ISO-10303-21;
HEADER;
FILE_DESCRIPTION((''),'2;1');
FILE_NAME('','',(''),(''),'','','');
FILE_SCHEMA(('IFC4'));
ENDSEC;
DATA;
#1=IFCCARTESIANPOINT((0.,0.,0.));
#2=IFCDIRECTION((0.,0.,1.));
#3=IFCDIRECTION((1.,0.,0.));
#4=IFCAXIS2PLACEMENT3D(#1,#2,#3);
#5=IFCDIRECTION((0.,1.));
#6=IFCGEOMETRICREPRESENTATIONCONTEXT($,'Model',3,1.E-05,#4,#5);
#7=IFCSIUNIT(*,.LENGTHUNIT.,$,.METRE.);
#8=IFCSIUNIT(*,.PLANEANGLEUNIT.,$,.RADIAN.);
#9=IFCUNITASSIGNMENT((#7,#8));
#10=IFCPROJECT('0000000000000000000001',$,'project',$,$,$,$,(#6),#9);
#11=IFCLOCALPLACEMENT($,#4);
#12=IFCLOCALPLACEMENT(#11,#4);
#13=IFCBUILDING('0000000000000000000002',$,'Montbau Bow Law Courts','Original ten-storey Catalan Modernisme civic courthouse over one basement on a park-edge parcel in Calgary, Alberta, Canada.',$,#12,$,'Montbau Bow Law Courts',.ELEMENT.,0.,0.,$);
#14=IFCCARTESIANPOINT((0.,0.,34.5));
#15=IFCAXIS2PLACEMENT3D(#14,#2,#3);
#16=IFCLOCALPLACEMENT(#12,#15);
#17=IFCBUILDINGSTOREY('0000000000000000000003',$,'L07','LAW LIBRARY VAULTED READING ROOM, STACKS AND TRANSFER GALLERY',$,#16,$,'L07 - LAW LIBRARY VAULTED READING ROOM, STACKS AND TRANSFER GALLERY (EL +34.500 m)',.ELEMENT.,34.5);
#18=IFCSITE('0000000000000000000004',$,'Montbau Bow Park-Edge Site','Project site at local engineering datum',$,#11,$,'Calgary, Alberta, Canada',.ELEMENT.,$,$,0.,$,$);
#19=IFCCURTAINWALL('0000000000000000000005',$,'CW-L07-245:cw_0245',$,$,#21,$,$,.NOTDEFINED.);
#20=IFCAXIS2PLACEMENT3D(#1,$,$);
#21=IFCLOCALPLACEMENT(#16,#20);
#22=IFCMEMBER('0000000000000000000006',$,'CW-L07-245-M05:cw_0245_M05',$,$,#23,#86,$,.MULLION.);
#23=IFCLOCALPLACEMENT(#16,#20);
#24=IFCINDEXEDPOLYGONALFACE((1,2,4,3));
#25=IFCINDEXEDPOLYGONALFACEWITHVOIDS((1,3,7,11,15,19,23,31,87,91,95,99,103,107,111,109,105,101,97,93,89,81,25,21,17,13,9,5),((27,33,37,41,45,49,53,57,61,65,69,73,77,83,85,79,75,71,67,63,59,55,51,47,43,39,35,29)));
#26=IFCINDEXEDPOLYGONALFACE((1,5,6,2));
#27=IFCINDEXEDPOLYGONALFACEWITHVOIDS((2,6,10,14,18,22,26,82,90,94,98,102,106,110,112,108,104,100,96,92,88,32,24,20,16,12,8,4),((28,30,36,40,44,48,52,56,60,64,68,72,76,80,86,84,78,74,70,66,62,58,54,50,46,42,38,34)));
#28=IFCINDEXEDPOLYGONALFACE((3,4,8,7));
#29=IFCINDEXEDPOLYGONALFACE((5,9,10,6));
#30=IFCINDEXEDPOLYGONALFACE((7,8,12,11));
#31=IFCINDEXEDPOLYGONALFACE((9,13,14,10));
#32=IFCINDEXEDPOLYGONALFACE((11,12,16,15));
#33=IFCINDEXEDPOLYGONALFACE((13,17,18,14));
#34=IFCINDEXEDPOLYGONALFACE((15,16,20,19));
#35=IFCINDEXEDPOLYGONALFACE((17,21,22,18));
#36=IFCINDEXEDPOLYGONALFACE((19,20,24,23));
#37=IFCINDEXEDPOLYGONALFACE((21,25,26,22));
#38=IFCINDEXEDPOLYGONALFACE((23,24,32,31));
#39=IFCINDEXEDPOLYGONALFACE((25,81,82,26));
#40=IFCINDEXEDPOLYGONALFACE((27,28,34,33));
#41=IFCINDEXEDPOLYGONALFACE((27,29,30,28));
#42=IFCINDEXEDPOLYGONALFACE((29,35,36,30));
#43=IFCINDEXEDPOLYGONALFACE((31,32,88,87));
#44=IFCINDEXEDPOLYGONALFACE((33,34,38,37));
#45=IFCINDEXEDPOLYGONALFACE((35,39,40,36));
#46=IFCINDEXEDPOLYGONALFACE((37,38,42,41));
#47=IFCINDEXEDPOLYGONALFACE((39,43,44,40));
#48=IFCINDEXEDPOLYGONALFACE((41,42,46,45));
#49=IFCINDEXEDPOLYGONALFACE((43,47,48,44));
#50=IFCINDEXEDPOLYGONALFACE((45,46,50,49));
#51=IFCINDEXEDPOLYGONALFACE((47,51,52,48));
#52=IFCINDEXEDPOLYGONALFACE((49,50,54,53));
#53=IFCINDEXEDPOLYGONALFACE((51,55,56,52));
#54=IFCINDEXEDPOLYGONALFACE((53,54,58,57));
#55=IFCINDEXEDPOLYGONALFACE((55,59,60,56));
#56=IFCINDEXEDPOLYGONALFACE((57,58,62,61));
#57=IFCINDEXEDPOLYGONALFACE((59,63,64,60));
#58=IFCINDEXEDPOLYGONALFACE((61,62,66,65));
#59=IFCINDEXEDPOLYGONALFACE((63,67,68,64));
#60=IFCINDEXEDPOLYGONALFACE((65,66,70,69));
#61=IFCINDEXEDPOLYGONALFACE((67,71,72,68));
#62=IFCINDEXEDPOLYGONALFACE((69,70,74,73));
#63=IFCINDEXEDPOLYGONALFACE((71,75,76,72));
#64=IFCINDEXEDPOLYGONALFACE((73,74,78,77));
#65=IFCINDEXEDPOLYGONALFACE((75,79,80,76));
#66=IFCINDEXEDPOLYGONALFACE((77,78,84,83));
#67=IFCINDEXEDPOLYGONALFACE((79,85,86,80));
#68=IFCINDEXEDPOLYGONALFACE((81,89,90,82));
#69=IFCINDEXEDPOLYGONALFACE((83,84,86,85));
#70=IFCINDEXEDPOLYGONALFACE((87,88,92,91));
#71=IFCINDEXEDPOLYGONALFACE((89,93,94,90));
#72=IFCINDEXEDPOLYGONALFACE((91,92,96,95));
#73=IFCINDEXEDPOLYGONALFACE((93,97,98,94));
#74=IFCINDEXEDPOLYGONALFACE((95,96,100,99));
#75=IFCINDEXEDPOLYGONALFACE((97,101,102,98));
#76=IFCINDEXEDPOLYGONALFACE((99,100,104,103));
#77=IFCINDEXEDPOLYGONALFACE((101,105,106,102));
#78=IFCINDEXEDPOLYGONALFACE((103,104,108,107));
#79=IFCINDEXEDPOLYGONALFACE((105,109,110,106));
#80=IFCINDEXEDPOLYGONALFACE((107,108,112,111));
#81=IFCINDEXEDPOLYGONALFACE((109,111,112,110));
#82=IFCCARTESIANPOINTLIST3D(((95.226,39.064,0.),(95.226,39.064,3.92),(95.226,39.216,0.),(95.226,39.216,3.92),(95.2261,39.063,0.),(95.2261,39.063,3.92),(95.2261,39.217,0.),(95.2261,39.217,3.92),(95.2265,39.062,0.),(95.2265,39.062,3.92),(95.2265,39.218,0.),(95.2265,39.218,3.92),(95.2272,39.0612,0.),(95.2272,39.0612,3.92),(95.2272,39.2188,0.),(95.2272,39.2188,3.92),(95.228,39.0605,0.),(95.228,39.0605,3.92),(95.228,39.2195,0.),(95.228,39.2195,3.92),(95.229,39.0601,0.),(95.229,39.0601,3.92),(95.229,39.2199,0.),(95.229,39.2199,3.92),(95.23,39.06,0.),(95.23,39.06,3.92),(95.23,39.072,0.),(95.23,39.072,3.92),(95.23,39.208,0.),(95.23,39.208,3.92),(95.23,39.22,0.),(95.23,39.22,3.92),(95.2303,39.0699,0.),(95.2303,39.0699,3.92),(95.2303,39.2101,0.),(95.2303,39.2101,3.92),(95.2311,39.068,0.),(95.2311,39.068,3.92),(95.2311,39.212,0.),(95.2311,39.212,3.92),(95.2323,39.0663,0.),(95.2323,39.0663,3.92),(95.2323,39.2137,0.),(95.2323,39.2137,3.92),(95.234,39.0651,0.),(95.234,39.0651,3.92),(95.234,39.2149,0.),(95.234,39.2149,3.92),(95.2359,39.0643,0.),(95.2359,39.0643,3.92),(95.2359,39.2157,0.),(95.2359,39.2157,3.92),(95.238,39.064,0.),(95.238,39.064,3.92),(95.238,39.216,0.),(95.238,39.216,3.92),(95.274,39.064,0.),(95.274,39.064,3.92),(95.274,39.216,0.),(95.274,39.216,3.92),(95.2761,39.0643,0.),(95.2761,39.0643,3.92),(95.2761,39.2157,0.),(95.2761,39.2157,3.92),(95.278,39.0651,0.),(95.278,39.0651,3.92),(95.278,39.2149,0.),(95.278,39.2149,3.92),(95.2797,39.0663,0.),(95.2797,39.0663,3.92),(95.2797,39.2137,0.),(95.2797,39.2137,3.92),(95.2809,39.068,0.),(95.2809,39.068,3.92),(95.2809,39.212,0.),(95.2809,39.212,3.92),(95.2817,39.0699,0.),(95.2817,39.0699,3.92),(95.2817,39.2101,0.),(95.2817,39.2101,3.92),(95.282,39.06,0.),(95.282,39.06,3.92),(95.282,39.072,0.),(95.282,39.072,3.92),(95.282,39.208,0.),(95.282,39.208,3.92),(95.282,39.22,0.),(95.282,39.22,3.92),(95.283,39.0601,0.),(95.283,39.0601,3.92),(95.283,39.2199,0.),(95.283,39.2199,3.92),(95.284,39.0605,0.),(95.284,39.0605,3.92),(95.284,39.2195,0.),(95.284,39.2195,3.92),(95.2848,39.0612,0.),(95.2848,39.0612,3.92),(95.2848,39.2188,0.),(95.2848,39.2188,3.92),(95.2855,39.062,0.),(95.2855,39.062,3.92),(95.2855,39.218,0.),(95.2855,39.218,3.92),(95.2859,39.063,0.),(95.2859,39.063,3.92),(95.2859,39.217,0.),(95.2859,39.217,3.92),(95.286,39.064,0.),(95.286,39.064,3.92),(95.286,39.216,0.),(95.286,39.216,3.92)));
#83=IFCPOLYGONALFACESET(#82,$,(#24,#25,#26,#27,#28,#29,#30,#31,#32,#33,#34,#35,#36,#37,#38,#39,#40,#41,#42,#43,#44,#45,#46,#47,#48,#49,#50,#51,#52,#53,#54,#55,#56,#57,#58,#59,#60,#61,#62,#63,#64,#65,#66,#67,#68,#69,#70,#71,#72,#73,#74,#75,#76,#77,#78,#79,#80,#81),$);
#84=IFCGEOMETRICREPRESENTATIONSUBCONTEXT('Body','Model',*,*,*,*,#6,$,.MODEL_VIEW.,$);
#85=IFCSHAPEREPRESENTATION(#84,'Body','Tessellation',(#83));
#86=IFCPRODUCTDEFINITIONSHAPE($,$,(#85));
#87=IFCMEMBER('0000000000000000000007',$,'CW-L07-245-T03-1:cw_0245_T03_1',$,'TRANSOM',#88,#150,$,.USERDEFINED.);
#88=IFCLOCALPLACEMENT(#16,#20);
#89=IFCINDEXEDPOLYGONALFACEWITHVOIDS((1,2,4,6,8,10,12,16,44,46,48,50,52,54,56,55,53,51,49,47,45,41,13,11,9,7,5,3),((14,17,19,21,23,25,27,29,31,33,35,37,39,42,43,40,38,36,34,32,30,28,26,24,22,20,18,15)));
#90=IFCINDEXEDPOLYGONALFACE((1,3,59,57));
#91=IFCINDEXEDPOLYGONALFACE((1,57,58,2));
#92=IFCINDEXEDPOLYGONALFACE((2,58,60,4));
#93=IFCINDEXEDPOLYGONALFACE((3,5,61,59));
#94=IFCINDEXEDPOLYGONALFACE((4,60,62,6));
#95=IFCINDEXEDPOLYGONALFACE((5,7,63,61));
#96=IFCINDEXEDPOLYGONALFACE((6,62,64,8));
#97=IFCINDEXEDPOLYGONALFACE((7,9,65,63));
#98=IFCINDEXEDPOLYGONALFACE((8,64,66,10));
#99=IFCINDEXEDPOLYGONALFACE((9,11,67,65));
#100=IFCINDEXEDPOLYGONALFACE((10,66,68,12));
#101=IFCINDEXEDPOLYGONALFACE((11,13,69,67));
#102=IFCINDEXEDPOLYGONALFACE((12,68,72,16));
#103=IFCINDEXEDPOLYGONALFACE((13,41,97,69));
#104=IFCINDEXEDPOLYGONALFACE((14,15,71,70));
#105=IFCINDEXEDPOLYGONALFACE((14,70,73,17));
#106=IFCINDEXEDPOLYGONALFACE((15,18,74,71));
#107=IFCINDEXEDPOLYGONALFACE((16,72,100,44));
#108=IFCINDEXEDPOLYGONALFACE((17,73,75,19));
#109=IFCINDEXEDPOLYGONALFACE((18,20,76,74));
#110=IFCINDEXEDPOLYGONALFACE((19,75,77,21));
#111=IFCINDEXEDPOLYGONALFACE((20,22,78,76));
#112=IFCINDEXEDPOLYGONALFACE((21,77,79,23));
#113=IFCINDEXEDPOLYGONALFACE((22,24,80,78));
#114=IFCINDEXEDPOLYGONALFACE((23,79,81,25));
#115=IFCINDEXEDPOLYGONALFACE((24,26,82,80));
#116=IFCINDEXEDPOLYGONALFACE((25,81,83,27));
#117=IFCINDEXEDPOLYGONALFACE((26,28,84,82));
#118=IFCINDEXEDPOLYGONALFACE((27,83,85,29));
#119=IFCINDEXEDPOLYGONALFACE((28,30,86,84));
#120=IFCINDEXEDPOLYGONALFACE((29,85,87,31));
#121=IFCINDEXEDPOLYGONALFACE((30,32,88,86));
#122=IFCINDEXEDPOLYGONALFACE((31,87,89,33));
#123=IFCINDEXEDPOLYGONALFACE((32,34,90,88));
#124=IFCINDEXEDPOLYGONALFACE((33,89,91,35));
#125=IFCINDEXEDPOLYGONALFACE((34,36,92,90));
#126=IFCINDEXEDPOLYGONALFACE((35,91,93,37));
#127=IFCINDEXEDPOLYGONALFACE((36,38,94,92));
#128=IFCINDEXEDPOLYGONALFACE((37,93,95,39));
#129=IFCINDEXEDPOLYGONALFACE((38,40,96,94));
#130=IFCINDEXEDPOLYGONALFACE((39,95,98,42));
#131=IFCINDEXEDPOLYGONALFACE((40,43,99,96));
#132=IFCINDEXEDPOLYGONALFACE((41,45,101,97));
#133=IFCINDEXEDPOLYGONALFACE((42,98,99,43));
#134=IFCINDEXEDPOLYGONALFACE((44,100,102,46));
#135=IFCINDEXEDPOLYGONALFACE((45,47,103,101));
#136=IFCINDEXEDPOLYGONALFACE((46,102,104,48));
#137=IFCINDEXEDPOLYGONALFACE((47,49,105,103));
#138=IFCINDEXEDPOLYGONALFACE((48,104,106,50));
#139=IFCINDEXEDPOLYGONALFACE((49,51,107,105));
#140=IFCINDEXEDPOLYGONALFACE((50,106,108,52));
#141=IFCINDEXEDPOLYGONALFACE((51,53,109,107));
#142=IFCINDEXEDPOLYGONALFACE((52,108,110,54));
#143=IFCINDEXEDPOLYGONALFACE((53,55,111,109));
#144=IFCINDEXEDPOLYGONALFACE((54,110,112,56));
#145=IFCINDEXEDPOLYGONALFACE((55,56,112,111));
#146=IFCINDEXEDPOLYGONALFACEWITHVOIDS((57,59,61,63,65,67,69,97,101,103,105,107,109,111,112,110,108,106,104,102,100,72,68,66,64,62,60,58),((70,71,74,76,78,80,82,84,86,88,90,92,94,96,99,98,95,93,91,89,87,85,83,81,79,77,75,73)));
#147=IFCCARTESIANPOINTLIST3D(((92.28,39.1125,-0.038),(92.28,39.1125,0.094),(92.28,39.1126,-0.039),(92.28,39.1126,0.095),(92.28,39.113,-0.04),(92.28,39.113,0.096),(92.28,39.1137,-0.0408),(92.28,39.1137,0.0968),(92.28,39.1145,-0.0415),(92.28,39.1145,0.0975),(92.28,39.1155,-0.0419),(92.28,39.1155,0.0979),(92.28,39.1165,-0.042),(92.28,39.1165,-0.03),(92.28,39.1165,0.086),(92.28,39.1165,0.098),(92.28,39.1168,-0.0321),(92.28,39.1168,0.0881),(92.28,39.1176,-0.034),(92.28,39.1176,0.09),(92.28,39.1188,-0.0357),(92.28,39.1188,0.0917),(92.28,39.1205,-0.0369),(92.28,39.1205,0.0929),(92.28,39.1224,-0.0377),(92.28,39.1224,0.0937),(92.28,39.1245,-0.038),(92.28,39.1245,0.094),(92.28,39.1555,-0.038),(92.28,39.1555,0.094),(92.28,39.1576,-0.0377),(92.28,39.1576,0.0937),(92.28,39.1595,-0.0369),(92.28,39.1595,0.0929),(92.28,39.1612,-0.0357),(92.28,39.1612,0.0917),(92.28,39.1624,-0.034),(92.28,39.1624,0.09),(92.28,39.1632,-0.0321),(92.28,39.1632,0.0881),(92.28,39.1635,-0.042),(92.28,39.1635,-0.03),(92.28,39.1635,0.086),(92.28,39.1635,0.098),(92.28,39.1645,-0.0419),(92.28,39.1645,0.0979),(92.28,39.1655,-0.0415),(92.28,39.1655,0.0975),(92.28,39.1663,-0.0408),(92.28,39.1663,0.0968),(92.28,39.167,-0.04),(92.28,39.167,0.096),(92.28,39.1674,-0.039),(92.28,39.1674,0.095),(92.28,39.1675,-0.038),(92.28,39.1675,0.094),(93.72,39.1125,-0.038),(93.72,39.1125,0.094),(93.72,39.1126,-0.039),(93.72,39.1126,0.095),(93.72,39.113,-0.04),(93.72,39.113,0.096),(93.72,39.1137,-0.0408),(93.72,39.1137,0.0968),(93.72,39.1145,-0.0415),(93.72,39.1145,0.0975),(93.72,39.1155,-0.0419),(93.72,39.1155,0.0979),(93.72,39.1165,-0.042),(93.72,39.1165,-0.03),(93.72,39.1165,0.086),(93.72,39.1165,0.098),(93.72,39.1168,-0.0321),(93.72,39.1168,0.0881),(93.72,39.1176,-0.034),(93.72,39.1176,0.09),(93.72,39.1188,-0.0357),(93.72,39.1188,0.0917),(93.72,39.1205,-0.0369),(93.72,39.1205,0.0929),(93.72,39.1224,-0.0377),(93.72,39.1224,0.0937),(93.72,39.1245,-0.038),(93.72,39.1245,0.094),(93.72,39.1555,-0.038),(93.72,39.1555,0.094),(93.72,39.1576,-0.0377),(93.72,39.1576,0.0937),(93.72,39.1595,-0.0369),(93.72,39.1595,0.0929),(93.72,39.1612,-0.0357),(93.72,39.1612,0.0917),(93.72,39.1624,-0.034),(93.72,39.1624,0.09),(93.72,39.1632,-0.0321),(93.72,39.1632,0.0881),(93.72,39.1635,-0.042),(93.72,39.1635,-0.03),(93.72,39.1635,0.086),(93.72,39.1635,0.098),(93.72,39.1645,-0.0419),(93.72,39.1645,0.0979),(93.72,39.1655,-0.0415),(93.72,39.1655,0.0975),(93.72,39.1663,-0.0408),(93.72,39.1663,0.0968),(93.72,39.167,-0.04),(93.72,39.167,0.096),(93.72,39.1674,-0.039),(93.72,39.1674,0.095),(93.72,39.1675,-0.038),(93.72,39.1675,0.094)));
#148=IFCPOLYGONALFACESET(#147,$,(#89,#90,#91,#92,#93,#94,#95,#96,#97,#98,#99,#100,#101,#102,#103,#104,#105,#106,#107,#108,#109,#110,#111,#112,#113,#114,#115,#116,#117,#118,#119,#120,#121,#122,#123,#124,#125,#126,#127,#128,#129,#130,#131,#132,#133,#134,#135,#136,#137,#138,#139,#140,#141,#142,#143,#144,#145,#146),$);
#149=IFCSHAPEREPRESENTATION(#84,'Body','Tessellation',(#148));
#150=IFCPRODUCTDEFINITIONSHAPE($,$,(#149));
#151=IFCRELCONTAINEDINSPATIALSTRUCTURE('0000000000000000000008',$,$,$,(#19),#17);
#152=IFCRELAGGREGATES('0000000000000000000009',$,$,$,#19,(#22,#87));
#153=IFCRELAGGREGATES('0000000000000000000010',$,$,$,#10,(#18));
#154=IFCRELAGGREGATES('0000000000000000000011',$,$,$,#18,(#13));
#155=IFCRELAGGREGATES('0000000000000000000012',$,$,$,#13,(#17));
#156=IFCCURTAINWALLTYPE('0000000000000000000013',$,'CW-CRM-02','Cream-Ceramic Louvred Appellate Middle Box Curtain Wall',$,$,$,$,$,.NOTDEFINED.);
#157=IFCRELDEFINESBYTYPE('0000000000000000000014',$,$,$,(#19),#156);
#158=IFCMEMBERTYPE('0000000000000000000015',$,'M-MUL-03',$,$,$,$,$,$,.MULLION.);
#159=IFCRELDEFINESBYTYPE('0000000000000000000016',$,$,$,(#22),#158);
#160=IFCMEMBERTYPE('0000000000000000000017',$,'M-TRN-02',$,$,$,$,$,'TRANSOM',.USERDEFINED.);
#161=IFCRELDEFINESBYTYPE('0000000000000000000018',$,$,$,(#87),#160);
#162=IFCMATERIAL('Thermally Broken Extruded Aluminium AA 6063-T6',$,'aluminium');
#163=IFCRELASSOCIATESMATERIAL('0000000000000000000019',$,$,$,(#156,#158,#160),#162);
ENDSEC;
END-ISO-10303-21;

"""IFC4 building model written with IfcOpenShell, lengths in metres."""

from ifc_helpers import new_model, si_unit, direction, frame, origin_with_axes, origin_2d_with_axis, place, context, subcontext, project, spatial, hollow_rectangle, extrude, material, material_profile, profile_set, type_object, element, aggregate, save


model = new_model("IFC4")

# Units and contexts
model_context = context("Model", 3, precision=1e-05, world=origin_with_axes(), true_north=direction((0.0, 1.0)))
body_context = subcontext(model_context, "Body", "Model", "MODEL_VIEW")
ifc_project = project(units=[si_unit("LENGTHUNIT", "METRE"), si_unit("PLANEANGLEUNIT", "RADIAN")], contexts=[model_context])

# Site, building, storey
site_placement = place(None, origin_with_axes())
site = spatial("IfcSite", under=ifc_project, at=site_placement, Name="Montbau Bow Park-Edge Site", Description="Project site at local engineering datum", LongName="Calgary, Alberta, Canada", CompositionType="ELEMENT", RefElevation=0.0)
building_placement = place(site_placement, origin_with_axes())
building = spatial("IfcBuilding", under=site, at=building_placement, Name="Montbau Bow Law Courts", Description="Original ten-storey Catalan Modernisme civic courthouse over one basement on a park-edge parcel in Calgary, Alberta, Canada.", LongName="Montbau Bow Law Courts", CompositionType="ELEMENT", ElevationOfRefHeight=0.0, ElevationOfTerrain=0.0)
storey_placement = place(building_placement, frame((0.0, 0.0, 34.5), z_axis=(0.0, 0.0, 1.0), x_axis=(1.0, 0.0, 0.0)))
storey = spatial("IfcBuildingStorey", under=building, at=storey_placement, Name="L07", Description="LAW LIBRARY VAULTED READING ROOM, STACKS AND TRANSFER GALLERY", LongName="L07 - LAW LIBRARY VAULTED READING ROOM, STACKS AND TRANSFER GALLERY (EL +34.500 m)", CompositionType="ELEMENT", Elevation=34.5)

# Curtain wall, members
ifc_material_1 = material(Name="Thermally Broken Extruded Aluminium AA 6063-T6", Category="aluminium")
curtain_wall_type = type_object("IfcCurtainWallType", Name="CW-CRM-02", Description="Cream-Ceramic Louvred Appellate Middle Box Curtain Wall", PredefinedType="NOTDEFINED", material=ifc_material_1)
curtain_wall_placement = place(None, frame((89.24, 39.14, 34.5), z_axis=(0.0, 0.0, 1.0), x_axis=(1.0, 0.0, 0.0)))
curtain_wall = element("IfcCurtainWall", 1, at=curtain_wall_placement, inside=storey, type_object=curtain_wall_type, Name="CW-L07-245:cw_0245", PredefinedType="NOTDEFINED")
ifc_material_profile_1 = material_profile(ifc_material_1, hollow_rectangle(XDim=0.06, YDim=0.16, WallThickness=0.004, InnerFilletRadius=0.008, OuterFilletRadius=0.004, at=origin_2d_with_axis()), Name="CWM-160X60", Category="Main", Priority=0)
ifc_profile_set_1 = profile_set([ifc_material_profile_1], Name="Thermally Broken Extruded Aluminium AA 6063-T6")
member_type_1 = type_object("IfcMemberType", Name="M-MUL-03", PredefinedType="MULLION", material=ifc_profile_set_1)
member_1_placement = place(None, frame((95.256, 39.14, 34.5), z_axis=(0.0, 0.0, 1.0), x_axis=(1.0, 0.0, 0.0)))
member_1 = element("IfcMember", 2, at=member_1_placement, type_object=member_type_1, Name="CW-L07-245-M05:cw_0245_M05", PredefinedType="MULLION", context=body_context, shape_type="SweptSolid", body=[
    extrude(hollow_rectangle(XDim=0.06, YDim=0.16, WallThickness=0.004, InnerFilletRadius=0.008, OuterFilletRadius=0.004, at=origin_2d_with_axis()), origin_with_axes(), (0.0, 0.0, 1.0), 3.92),
])
ifc_material_profile_2 = material_profile(ifc_material_1, hollow_rectangle(XDim=0.055, YDim=0.14, WallThickness=0.004, InnerFilletRadius=0.008, OuterFilletRadius=0.004, at=origin_2d_with_axis()), Name="CWT-140X55", Category="Main", Priority=0)
ifc_profile_set_2 = profile_set([ifc_material_profile_2], Name="Thermally Broken Extruded Aluminium AA 6063-T6")
member_type_2 = type_object("IfcMemberType", Name="M-TRN-02", ElementType="TRANSOM", PredefinedType="USERDEFINED", material=ifc_profile_set_2)
member_2_placement = place(None, frame((92.28, 39.14, 34.528), z_axis=(1.0, 0.0, 0.0), x_axis=(0.0, 1.0, 0.0)))
member_2 = element("IfcMember", 3, at=member_2_placement, type_object=member_type_2, Name="CW-L07-245-T03-1:cw_0245_T03_1", ObjectType="TRANSOM", PredefinedType="USERDEFINED", context=body_context, shape_type="SweptSolid", body=[
    extrude(hollow_rectangle(XDim=0.055, YDim=0.14, WallThickness=0.004, InnerFilletRadius=0.008, OuterFilletRadius=0.004, at=origin_2d_with_axis()), origin_with_axes(), (0.0, 0.0, 1.0), 1.44),
])
aggregate(curtain_wall, [member_1, member_2])

save(model, "model.ifc")
